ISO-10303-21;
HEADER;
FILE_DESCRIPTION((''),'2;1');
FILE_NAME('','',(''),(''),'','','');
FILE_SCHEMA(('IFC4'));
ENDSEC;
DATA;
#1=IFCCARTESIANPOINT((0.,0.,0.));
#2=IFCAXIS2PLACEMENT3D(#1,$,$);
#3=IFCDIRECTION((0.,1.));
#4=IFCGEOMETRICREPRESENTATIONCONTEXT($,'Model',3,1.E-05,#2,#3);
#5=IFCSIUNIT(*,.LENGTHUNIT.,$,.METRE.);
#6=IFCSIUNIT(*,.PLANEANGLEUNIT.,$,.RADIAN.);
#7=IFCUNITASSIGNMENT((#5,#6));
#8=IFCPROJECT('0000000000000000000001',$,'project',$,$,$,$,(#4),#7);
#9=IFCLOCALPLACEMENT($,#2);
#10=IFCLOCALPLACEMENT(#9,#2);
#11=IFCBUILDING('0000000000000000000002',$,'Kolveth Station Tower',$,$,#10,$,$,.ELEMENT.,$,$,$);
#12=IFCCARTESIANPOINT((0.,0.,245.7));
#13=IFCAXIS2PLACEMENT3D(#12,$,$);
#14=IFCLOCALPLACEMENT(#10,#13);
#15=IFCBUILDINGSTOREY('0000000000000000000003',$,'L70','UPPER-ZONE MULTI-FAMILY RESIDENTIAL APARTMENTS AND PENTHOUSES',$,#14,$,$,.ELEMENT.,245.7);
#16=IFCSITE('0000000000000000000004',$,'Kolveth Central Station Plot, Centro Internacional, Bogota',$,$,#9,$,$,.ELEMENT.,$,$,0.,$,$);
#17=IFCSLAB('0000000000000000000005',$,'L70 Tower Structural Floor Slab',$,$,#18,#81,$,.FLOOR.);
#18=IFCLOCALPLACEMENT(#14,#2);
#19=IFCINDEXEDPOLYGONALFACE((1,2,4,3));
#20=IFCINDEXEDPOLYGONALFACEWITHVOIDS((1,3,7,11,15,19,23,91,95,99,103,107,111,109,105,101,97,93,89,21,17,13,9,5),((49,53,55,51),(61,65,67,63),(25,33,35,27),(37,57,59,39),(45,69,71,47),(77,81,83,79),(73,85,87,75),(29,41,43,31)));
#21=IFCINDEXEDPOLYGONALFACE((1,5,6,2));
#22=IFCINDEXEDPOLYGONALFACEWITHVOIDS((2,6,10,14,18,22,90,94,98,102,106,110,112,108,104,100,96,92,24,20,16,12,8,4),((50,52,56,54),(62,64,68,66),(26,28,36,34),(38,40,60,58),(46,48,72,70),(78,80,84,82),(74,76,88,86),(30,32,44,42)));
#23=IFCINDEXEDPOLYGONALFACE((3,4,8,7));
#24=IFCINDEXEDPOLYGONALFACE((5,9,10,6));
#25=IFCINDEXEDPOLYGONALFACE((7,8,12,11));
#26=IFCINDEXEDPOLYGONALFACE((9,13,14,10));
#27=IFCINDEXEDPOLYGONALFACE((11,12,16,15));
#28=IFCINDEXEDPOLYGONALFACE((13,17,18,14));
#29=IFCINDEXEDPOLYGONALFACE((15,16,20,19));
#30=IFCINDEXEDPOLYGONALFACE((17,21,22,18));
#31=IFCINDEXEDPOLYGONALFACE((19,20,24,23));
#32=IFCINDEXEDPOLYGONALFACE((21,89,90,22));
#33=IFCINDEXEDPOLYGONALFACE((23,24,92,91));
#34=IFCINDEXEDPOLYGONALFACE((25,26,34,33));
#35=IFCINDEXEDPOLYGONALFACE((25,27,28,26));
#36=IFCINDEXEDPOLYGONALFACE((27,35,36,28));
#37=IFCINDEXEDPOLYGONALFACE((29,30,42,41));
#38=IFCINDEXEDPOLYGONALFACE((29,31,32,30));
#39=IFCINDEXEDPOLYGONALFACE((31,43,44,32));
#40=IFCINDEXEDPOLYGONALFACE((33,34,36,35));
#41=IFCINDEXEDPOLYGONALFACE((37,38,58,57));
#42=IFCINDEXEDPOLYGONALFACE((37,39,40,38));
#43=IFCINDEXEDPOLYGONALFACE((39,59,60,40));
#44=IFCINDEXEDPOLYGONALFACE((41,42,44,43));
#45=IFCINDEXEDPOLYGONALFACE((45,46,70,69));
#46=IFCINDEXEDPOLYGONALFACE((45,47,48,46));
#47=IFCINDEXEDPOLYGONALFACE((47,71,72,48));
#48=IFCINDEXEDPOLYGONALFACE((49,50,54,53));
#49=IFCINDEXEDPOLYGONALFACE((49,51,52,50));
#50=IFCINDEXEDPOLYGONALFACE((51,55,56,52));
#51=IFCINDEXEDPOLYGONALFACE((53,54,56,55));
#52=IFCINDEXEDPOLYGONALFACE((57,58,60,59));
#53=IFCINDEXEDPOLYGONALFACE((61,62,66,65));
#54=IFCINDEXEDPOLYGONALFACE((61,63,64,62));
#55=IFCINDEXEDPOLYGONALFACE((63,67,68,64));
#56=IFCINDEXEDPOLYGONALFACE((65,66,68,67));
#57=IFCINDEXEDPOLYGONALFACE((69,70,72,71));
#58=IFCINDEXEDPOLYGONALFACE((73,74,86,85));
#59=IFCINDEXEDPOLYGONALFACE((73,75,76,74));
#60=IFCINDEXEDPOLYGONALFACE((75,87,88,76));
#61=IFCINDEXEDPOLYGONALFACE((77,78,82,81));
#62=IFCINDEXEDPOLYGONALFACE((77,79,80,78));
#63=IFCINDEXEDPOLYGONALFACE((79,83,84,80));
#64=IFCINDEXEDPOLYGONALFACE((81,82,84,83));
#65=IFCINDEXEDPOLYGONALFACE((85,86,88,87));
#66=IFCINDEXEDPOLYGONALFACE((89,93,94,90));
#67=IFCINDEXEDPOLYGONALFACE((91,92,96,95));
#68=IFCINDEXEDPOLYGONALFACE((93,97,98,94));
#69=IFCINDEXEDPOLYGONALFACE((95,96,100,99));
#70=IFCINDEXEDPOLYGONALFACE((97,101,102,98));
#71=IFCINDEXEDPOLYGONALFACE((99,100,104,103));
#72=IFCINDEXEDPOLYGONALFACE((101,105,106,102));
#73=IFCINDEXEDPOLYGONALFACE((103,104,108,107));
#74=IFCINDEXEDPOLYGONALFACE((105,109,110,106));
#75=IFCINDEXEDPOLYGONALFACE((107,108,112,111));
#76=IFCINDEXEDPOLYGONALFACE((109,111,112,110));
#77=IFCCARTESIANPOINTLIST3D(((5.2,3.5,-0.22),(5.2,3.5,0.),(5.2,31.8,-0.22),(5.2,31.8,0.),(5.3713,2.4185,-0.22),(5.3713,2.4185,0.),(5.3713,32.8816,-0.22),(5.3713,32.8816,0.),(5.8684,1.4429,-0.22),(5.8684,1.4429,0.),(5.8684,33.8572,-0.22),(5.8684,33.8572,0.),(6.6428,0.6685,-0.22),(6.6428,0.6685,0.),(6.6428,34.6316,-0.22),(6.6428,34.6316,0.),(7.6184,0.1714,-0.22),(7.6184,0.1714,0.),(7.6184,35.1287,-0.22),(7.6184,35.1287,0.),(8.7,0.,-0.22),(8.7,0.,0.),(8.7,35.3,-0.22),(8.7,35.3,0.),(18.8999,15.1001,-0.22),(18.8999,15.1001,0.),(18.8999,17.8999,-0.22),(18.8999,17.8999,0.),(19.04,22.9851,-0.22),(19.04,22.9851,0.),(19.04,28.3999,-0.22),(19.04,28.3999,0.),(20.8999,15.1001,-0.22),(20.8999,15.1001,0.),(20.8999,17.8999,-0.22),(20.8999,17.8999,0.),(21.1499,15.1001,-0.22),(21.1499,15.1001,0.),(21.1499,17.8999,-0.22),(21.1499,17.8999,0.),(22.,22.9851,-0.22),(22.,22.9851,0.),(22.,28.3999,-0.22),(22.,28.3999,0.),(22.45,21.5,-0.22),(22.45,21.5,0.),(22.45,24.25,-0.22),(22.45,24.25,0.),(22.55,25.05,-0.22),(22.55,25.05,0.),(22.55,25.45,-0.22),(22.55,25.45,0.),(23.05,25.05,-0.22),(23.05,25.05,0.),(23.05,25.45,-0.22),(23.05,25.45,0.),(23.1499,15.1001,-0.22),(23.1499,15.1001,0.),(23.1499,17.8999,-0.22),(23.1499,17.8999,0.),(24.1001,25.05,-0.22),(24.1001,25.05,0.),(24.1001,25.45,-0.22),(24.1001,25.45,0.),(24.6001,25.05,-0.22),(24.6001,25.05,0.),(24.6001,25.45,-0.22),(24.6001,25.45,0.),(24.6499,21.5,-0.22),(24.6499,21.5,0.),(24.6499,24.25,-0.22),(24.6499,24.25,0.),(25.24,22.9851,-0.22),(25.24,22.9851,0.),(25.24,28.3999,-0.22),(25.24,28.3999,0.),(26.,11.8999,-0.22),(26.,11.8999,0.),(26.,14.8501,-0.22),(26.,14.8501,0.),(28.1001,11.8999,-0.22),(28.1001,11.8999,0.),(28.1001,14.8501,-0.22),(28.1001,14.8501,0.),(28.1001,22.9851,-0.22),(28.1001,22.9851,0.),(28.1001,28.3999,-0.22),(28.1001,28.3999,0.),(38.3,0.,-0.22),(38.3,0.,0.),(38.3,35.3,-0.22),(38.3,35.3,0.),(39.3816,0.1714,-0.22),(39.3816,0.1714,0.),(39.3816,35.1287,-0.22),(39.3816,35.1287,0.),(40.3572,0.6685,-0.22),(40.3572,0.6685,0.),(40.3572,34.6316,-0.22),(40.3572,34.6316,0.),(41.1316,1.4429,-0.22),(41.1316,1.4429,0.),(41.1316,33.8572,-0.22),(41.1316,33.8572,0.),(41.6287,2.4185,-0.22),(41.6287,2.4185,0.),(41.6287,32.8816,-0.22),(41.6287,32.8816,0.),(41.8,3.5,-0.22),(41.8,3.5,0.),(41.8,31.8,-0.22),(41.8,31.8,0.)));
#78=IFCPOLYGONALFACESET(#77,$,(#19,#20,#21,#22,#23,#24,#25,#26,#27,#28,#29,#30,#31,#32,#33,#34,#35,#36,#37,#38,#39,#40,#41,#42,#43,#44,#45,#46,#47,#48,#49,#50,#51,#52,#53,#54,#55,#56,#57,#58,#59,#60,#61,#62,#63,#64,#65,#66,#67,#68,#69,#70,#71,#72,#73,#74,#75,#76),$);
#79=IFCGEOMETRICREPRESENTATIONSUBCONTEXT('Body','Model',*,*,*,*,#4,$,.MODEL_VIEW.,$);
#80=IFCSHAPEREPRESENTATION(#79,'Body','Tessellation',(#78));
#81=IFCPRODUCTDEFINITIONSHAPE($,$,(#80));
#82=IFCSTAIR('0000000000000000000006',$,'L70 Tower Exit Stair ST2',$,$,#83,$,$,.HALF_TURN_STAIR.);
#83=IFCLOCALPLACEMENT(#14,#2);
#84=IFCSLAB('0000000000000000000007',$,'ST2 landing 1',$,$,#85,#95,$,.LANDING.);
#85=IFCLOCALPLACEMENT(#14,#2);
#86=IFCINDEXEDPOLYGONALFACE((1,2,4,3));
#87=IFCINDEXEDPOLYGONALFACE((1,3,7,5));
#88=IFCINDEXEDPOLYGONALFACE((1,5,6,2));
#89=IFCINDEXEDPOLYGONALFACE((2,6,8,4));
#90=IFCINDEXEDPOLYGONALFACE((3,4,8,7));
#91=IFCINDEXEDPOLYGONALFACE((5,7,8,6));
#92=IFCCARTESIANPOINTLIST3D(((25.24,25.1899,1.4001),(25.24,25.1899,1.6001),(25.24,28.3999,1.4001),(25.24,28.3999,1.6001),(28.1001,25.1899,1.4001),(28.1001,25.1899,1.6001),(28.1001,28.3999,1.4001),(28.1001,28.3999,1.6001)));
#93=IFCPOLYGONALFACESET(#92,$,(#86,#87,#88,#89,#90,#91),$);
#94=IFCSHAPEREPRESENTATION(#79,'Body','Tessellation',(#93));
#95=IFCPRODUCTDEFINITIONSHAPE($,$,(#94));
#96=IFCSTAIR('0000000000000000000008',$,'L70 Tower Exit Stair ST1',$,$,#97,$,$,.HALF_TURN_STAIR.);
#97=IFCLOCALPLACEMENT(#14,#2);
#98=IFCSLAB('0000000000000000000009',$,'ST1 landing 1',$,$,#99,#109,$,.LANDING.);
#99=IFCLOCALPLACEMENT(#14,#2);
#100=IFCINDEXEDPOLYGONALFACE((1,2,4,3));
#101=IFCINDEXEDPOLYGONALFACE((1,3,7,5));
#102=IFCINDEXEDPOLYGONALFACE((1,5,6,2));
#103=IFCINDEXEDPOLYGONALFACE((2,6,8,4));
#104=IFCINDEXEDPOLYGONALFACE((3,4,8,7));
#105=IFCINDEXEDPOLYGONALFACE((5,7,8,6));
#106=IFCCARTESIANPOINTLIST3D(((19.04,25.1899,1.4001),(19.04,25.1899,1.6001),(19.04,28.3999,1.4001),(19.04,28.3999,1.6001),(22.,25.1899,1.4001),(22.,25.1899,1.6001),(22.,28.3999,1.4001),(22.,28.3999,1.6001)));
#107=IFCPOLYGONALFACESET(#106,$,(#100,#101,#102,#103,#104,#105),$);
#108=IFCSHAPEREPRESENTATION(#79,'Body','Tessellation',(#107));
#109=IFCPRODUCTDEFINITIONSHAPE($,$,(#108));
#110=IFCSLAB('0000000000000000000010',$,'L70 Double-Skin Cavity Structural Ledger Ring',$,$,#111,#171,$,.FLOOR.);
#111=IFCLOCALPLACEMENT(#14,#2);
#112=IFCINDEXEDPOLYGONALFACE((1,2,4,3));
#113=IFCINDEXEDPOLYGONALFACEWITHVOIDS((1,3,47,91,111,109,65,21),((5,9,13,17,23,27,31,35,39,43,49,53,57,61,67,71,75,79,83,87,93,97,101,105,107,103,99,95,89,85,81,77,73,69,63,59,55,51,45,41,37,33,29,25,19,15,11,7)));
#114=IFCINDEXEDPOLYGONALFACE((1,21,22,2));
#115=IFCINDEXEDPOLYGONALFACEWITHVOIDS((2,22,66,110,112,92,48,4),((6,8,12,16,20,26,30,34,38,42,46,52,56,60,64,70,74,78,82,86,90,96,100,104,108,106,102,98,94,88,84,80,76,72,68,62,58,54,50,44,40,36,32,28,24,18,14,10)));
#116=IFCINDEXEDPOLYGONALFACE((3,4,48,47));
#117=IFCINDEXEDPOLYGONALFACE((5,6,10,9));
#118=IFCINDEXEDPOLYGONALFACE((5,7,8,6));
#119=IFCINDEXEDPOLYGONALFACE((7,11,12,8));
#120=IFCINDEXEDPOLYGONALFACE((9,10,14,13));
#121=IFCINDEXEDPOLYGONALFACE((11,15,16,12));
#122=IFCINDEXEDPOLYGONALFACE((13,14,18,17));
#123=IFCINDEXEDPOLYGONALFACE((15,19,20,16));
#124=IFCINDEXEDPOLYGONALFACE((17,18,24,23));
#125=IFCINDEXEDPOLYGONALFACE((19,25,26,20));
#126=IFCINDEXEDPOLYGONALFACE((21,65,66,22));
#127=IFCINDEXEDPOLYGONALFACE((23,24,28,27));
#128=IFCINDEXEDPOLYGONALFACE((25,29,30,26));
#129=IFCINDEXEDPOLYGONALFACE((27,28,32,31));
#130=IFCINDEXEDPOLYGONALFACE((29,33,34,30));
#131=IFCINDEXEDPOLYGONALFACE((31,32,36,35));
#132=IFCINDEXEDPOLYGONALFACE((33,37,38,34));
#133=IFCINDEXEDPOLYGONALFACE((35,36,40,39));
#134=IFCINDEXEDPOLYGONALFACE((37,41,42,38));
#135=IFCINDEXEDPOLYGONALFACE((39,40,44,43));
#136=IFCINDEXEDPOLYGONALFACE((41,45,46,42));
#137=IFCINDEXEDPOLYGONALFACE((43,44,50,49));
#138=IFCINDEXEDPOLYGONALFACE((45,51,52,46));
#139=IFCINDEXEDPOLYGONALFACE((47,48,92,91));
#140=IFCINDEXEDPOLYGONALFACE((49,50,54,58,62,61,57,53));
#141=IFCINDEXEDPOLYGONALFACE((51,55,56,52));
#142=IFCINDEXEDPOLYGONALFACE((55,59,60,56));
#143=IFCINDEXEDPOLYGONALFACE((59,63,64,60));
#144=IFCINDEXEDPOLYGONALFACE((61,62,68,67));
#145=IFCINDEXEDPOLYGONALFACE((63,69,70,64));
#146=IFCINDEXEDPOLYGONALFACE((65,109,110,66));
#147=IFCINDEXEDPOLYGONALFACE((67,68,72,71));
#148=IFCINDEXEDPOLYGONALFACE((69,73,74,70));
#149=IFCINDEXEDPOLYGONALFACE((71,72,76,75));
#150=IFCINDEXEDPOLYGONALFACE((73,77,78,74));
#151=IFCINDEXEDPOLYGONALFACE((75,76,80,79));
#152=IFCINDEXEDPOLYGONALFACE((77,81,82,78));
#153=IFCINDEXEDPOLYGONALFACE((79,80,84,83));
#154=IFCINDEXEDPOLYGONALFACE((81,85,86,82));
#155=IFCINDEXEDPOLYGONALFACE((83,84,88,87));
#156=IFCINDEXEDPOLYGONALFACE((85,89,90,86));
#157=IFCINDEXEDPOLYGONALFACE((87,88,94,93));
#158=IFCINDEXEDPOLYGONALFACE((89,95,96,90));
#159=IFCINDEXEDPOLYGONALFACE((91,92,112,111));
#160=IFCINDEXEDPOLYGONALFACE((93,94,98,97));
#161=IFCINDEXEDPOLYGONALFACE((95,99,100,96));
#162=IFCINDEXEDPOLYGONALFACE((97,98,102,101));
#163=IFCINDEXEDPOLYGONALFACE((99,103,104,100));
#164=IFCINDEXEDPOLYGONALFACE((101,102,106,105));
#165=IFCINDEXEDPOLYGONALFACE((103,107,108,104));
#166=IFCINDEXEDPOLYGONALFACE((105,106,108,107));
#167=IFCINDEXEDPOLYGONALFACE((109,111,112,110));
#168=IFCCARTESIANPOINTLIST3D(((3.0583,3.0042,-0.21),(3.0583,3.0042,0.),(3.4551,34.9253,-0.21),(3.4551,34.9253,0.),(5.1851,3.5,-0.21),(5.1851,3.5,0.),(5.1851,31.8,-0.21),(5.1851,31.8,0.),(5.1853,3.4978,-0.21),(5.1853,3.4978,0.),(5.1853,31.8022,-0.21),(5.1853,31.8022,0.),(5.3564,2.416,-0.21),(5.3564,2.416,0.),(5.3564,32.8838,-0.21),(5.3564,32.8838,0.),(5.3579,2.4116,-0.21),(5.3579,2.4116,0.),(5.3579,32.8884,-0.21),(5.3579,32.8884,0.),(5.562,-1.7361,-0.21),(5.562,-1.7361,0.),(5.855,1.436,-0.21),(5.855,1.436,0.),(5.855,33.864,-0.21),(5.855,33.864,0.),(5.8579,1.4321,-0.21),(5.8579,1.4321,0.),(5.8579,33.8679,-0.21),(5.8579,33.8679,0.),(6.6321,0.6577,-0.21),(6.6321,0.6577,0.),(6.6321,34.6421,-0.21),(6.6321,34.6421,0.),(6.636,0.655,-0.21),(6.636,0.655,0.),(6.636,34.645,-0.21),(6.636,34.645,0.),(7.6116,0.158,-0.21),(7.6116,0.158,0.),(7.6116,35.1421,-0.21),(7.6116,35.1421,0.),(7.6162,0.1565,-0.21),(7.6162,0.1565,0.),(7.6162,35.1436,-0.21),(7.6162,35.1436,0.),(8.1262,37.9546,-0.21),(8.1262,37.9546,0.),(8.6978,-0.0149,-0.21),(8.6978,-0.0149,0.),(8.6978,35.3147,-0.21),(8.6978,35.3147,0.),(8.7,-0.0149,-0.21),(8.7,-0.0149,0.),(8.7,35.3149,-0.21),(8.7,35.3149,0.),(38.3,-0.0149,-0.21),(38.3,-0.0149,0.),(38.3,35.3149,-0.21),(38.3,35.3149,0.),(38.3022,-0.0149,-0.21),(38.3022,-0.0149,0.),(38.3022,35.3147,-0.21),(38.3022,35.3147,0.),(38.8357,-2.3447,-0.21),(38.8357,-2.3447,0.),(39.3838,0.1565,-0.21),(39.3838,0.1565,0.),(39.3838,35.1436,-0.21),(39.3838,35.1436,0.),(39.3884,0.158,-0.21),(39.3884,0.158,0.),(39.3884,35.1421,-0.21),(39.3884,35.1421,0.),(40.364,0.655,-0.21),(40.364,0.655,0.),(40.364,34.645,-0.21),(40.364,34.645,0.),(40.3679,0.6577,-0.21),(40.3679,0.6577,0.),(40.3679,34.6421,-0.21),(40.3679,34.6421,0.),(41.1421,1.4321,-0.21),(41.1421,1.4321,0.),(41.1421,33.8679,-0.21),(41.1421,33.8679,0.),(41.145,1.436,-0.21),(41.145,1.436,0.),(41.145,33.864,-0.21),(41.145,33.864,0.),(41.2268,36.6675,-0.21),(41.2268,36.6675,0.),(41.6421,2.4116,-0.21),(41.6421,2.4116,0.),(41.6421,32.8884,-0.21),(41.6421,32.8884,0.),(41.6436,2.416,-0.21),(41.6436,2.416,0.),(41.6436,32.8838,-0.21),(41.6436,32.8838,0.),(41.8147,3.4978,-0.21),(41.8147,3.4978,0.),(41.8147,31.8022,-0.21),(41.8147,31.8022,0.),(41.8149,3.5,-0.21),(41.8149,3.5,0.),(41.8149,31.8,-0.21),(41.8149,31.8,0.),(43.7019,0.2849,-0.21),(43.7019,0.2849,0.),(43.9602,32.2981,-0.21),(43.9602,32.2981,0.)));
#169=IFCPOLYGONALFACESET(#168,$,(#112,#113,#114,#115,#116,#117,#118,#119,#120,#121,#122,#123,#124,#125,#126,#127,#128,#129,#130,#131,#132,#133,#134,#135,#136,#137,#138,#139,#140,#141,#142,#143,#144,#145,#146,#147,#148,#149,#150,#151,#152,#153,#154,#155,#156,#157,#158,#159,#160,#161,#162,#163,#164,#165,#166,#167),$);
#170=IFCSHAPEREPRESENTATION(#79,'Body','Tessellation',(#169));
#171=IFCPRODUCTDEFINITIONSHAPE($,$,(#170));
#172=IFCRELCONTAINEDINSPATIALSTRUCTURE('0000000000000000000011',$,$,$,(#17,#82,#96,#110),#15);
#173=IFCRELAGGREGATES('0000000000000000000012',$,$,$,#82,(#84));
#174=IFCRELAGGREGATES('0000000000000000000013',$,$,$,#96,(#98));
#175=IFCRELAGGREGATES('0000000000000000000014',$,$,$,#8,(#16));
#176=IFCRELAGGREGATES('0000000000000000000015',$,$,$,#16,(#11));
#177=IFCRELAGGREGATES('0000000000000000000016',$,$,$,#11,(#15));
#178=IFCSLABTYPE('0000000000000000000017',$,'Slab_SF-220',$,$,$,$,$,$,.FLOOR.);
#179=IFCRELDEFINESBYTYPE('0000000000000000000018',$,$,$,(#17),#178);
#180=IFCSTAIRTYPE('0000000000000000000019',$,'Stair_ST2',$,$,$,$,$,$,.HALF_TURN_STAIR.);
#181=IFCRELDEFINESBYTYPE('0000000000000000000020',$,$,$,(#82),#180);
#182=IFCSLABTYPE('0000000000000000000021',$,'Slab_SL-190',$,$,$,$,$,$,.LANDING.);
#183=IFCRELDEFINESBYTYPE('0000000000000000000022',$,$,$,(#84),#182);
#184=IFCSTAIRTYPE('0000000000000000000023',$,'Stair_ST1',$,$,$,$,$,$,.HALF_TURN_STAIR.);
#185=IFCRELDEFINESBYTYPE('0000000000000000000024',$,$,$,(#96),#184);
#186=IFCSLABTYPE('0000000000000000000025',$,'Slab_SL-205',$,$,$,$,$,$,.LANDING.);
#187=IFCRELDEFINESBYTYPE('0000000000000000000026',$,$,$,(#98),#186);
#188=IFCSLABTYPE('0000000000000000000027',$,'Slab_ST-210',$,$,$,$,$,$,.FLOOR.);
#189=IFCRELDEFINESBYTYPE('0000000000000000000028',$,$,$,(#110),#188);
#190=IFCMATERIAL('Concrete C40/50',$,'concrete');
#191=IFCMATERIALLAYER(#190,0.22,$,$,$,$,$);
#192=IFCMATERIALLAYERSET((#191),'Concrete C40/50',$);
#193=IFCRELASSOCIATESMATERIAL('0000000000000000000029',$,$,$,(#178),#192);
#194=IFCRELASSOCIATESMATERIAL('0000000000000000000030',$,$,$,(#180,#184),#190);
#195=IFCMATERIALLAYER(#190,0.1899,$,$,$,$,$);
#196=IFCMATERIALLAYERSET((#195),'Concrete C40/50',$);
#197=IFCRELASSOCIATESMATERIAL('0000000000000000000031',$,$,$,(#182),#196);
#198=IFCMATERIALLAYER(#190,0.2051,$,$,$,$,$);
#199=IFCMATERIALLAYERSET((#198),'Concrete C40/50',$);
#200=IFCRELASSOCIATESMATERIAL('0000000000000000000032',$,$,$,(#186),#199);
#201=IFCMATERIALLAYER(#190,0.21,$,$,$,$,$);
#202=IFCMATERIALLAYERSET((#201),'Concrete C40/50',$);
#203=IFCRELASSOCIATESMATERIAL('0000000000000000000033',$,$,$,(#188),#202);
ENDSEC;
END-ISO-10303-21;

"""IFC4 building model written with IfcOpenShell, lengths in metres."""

from ifc_helpers import new_model, si_unit, direction, frame, origin, place, context, subcontext, project, spatial, polyline, outline, extrude, material, layer, layer_set, type_object, element, aggregate, save


model = new_model("IFC4")

# Units and contexts
model_context = context("Model", 3, precision=1e-05, world=origin(), true_north=direction((0.0, 1.0)))
body_context = subcontext(model_context, "Body", "Model", "MODEL_VIEW")
ifc_project = project(units=[si_unit("LENGTHUNIT", "METRE"), si_unit("PLANEANGLEUNIT", "RADIAN")], contexts=[model_context])

# Site, building, storey
site_placement = place(None, origin())
site = spatial("IfcSite", under=ifc_project, at=site_placement, Name="Kolveth Central Station Plot, Centro Internacional, Bogota", CompositionType="ELEMENT", RefElevation=0.0)
building_placement = place(site_placement, origin())
building = spatial("IfcBuilding", under=site, at=building_placement, Name="Kolveth Station Tower", CompositionType="ELEMENT")
storey_placement = place(building_placement, frame((0.0, 0.0, 245.7)))
storey = spatial("IfcBuildingStorey", under=building, at=storey_placement, Name="L70", Description="UPPER-ZONE MULTI-FAMILY RESIDENTIAL APARTMENTS AND PENTHOUSES", CompositionType="ELEMENT", Elevation=245.7)

# Slab
ifc_material_1 = material(Name="Concrete C40/50", Category="concrete")
ifc_layer_1 = layer(ifc_material_1, 0.22)
ifc_layer_set_1 = layer_set([ifc_layer_1], Name="Concrete C40/50")
slab_type_1 = type_object("IfcSlabType", Name="Slab_SF-220", PredefinedType="FLOOR", material=ifc_layer_set_1)
slab_1_placement = place(storey_placement, frame((0.0, 0.0, -0.22)))
element("IfcSlab", 1, at=slab_1_placement, inside=storey, type_object=slab_type_1, Name="L70 Tower Structural Floor Slab", PredefinedType="FLOOR", context=body_context, shape_type="SweptSolid", body=[
    extrude(outline(polyline([(38.3, 0.0), (39.3816, 0.1714), (40.3572, 0.6685), (41.1316, 1.4429), (41.6287, 2.4185), (41.8, 3.5), (41.8, 31.8), (41.6287, 32.8816), (41.1316, 33.8572), (40.3572, 34.6316), (39.3816, 35.1287), (38.3, 35.3), (8.7, 35.3), (7.6184, 35.1287), (6.6428, 34.6316), (5.8684, 33.8572), (5.3713, 32.8816), (5.2, 31.8), (5.2, 3.5), (5.3713, 2.4185), (5.8684, 1.4429), (6.6428, 0.6685), (7.6184, 0.1714), (8.7, 0.0), (38.3, 0.0)]), holes=[polyline([(19.04, 22.9851), (22.0, 22.9851), (22.0, 28.3999), (19.04, 28.3999), (19.04, 22.9851)]), polyline([(25.24, 22.9851), (28.1001, 22.9851), (28.1001, 28.3999), (25.24, 28.3999), (25.24, 22.9851)]), polyline([(18.8999, 15.1001), (20.8999, 15.1001), (20.8999, 17.8999), (18.8999, 17.8999), (18.8999, 15.1001)]), polyline([(21.1499, 15.1001), (23.1499, 15.1001), (23.1499, 17.8999), (21.1499, 17.8999), (21.1499, 15.1001)]), polyline([(22.45, 21.5), (24.6499, 21.5), (24.6499, 24.25), (22.45, 24.25), (22.45, 21.5)]), polyline([(26.0, 11.8999), (28.1001, 11.8999), (28.1001, 14.8501), (26.0, 14.8501), (26.0, 11.8999)]), polyline([(22.55, 25.05), (23.05, 25.05), (23.05, 25.45), (22.55, 25.45), (22.55, 25.05)]), polyline([(24.1001, 25.05), (24.6001, 25.05), (24.6001, 25.45), (24.1001, 25.45), (24.1001, 25.05)])]), origin(), (0.0, 0.0, 1.0), 0.22),
])

# Stairs, slabs
stair_type_1 = type_object("IfcStairType", Name="Stair_ST2", PredefinedType="HALF_TURN_STAIR", material=ifc_material_1)
stair_1_placement = place(storey_placement, origin())
stair_1 = element("IfcStair", 2, at=stair_1_placement, inside=storey, type_object=stair_type_1, Name="L70 Tower Exit Stair ST2", PredefinedType="HALF_TURN_STAIR")
ifc_layer_2 = layer(ifc_material_1, 0.1899)
ifc_layer_set_2 = layer_set([ifc_layer_2], Name="Concrete C40/50")
slab_type_2 = type_object("IfcSlabType", Name="Slab_SL-190", PredefinedType="LANDING", material=ifc_layer_set_2)
slab_2_placement = place(storey_placement, frame((0.0, 0.0, 1.4001)))
slab_2 = element("IfcSlab", 3, at=slab_2_placement, type_object=slab_type_2, Name="ST2 landing 1", PredefinedType="LANDING", context=body_context, shape_type="SweptSolid", body=[
    extrude(outline(polyline([(28.1001, 25.1899), (28.1001, 28.3999), (25.24, 28.3999), (25.24, 25.1899), (28.1001, 25.1899)])), origin(), (0.0, 0.0, 1.0), 0.2),
])
aggregate(stair_1, [slab_2])
stair_type_2 = type_object("IfcStairType", Name="Stair_ST1", PredefinedType="HALF_TURN_STAIR", material=ifc_material_1)
stair_2_placement = place(storey_placement, origin())
stair_2 = element("IfcStair", 4, at=stair_2_placement, inside=storey, type_object=stair_type_2, Name="L70 Tower Exit Stair ST1", PredefinedType="HALF_TURN_STAIR")
ifc_layer_3 = layer(ifc_material_1, 0.2051)
ifc_layer_set_3 = layer_set([ifc_layer_3], Name="Concrete C40/50")
slab_type_3 = type_object("IfcSlabType", Name="Slab_SL-205", PredefinedType="LANDING", material=ifc_layer_set_3)
slab_3_placement = place(storey_placement, frame((0.0, 0.0, 1.4001)))
slab_3 = element("IfcSlab", 5, at=slab_3_placement, type_object=slab_type_3, Name="ST1 landing 1", PredefinedType="LANDING", context=body_context, shape_type="SweptSolid", body=[
    extrude(outline(polyline([(22.0, 25.1899), (22.0, 28.3999), (19.04, 28.3999), (19.04, 25.1899), (22.0, 25.1899)])), origin(), (0.0, 0.0, 1.0), 0.2),
])
aggregate(stair_2, [slab_3])

# Slab
ifc_layer_4 = layer(ifc_material_1, 0.21)
ifc_layer_set_4 = layer_set([ifc_layer_4], Name="Concrete C40/50")
slab_type_4 = type_object("IfcSlabType", Name="Slab_ST-210", PredefinedType="FLOOR", material=ifc_layer_set_4)
slab_4_placement = place(storey_placement, frame((0.0, 0.0, -0.21)))
element("IfcSlab", 6, at=slab_4_placement, inside=storey, type_object=slab_type_4, Name="L70 Double-Skin Cavity Structural Ledger Ring", PredefinedType="FLOOR", context=body_context, shape_type="SweptSolid", body=[
    extrude(outline(polyline([(5.562, -1.7361), (3.0583, 3.0042), (3.4551, 34.9253), (8.1262, 37.9546), (41.2268, 36.6675), (43.9602, 32.2981), (43.7019, 0.2849), (38.8357, -2.3447), (5.562, -1.7361)]), holes=[polyline([(38.3022, -0.0149), (39.3838, 0.1565), (39.3884, 0.158), (40.364, 0.655), (40.3679, 0.6577), (41.1421, 1.4321), (41.145, 1.436), (41.6421, 2.4116), (41.6436, 2.416), (41.8147, 3.4978), (41.8149, 3.5), (41.8149, 31.8), (41.8147, 31.8022), (41.6436, 32.8838), (41.6421, 32.8884), (41.145, 33.864), (41.1421, 33.8679), (40.3679, 34.6421), (40.364, 34.645), (39.3884, 35.1421), (39.3838, 35.1436), (38.3022, 35.3147), (38.3, 35.3149), (8.7, 35.3149), (8.6978, 35.3147), (7.6162, 35.1436), (7.6116, 35.1421), (6.636, 34.645), (6.6321, 34.6421), (5.8579, 33.8679), (5.855, 33.864), (5.3579, 32.8884), (5.3564, 32.8838), (5.1853, 31.8022), (5.1851, 31.8), (5.1851, 3.5), (5.1853, 3.4978), (5.3564, 2.416), (5.3579, 2.4116), (5.855, 1.436), (5.8579, 1.4321), (6.6321, 0.6577), (6.636, 0.655), (7.6116, 0.158), (7.6162, 0.1565), (8.6978, -0.0149), (8.7, -0.0149), (38.3, -0.0149), (38.3022, -0.0149)])]), origin(), (0.0, 0.0, 1.0), 0.21),
])

save(model, "model.ifc")
